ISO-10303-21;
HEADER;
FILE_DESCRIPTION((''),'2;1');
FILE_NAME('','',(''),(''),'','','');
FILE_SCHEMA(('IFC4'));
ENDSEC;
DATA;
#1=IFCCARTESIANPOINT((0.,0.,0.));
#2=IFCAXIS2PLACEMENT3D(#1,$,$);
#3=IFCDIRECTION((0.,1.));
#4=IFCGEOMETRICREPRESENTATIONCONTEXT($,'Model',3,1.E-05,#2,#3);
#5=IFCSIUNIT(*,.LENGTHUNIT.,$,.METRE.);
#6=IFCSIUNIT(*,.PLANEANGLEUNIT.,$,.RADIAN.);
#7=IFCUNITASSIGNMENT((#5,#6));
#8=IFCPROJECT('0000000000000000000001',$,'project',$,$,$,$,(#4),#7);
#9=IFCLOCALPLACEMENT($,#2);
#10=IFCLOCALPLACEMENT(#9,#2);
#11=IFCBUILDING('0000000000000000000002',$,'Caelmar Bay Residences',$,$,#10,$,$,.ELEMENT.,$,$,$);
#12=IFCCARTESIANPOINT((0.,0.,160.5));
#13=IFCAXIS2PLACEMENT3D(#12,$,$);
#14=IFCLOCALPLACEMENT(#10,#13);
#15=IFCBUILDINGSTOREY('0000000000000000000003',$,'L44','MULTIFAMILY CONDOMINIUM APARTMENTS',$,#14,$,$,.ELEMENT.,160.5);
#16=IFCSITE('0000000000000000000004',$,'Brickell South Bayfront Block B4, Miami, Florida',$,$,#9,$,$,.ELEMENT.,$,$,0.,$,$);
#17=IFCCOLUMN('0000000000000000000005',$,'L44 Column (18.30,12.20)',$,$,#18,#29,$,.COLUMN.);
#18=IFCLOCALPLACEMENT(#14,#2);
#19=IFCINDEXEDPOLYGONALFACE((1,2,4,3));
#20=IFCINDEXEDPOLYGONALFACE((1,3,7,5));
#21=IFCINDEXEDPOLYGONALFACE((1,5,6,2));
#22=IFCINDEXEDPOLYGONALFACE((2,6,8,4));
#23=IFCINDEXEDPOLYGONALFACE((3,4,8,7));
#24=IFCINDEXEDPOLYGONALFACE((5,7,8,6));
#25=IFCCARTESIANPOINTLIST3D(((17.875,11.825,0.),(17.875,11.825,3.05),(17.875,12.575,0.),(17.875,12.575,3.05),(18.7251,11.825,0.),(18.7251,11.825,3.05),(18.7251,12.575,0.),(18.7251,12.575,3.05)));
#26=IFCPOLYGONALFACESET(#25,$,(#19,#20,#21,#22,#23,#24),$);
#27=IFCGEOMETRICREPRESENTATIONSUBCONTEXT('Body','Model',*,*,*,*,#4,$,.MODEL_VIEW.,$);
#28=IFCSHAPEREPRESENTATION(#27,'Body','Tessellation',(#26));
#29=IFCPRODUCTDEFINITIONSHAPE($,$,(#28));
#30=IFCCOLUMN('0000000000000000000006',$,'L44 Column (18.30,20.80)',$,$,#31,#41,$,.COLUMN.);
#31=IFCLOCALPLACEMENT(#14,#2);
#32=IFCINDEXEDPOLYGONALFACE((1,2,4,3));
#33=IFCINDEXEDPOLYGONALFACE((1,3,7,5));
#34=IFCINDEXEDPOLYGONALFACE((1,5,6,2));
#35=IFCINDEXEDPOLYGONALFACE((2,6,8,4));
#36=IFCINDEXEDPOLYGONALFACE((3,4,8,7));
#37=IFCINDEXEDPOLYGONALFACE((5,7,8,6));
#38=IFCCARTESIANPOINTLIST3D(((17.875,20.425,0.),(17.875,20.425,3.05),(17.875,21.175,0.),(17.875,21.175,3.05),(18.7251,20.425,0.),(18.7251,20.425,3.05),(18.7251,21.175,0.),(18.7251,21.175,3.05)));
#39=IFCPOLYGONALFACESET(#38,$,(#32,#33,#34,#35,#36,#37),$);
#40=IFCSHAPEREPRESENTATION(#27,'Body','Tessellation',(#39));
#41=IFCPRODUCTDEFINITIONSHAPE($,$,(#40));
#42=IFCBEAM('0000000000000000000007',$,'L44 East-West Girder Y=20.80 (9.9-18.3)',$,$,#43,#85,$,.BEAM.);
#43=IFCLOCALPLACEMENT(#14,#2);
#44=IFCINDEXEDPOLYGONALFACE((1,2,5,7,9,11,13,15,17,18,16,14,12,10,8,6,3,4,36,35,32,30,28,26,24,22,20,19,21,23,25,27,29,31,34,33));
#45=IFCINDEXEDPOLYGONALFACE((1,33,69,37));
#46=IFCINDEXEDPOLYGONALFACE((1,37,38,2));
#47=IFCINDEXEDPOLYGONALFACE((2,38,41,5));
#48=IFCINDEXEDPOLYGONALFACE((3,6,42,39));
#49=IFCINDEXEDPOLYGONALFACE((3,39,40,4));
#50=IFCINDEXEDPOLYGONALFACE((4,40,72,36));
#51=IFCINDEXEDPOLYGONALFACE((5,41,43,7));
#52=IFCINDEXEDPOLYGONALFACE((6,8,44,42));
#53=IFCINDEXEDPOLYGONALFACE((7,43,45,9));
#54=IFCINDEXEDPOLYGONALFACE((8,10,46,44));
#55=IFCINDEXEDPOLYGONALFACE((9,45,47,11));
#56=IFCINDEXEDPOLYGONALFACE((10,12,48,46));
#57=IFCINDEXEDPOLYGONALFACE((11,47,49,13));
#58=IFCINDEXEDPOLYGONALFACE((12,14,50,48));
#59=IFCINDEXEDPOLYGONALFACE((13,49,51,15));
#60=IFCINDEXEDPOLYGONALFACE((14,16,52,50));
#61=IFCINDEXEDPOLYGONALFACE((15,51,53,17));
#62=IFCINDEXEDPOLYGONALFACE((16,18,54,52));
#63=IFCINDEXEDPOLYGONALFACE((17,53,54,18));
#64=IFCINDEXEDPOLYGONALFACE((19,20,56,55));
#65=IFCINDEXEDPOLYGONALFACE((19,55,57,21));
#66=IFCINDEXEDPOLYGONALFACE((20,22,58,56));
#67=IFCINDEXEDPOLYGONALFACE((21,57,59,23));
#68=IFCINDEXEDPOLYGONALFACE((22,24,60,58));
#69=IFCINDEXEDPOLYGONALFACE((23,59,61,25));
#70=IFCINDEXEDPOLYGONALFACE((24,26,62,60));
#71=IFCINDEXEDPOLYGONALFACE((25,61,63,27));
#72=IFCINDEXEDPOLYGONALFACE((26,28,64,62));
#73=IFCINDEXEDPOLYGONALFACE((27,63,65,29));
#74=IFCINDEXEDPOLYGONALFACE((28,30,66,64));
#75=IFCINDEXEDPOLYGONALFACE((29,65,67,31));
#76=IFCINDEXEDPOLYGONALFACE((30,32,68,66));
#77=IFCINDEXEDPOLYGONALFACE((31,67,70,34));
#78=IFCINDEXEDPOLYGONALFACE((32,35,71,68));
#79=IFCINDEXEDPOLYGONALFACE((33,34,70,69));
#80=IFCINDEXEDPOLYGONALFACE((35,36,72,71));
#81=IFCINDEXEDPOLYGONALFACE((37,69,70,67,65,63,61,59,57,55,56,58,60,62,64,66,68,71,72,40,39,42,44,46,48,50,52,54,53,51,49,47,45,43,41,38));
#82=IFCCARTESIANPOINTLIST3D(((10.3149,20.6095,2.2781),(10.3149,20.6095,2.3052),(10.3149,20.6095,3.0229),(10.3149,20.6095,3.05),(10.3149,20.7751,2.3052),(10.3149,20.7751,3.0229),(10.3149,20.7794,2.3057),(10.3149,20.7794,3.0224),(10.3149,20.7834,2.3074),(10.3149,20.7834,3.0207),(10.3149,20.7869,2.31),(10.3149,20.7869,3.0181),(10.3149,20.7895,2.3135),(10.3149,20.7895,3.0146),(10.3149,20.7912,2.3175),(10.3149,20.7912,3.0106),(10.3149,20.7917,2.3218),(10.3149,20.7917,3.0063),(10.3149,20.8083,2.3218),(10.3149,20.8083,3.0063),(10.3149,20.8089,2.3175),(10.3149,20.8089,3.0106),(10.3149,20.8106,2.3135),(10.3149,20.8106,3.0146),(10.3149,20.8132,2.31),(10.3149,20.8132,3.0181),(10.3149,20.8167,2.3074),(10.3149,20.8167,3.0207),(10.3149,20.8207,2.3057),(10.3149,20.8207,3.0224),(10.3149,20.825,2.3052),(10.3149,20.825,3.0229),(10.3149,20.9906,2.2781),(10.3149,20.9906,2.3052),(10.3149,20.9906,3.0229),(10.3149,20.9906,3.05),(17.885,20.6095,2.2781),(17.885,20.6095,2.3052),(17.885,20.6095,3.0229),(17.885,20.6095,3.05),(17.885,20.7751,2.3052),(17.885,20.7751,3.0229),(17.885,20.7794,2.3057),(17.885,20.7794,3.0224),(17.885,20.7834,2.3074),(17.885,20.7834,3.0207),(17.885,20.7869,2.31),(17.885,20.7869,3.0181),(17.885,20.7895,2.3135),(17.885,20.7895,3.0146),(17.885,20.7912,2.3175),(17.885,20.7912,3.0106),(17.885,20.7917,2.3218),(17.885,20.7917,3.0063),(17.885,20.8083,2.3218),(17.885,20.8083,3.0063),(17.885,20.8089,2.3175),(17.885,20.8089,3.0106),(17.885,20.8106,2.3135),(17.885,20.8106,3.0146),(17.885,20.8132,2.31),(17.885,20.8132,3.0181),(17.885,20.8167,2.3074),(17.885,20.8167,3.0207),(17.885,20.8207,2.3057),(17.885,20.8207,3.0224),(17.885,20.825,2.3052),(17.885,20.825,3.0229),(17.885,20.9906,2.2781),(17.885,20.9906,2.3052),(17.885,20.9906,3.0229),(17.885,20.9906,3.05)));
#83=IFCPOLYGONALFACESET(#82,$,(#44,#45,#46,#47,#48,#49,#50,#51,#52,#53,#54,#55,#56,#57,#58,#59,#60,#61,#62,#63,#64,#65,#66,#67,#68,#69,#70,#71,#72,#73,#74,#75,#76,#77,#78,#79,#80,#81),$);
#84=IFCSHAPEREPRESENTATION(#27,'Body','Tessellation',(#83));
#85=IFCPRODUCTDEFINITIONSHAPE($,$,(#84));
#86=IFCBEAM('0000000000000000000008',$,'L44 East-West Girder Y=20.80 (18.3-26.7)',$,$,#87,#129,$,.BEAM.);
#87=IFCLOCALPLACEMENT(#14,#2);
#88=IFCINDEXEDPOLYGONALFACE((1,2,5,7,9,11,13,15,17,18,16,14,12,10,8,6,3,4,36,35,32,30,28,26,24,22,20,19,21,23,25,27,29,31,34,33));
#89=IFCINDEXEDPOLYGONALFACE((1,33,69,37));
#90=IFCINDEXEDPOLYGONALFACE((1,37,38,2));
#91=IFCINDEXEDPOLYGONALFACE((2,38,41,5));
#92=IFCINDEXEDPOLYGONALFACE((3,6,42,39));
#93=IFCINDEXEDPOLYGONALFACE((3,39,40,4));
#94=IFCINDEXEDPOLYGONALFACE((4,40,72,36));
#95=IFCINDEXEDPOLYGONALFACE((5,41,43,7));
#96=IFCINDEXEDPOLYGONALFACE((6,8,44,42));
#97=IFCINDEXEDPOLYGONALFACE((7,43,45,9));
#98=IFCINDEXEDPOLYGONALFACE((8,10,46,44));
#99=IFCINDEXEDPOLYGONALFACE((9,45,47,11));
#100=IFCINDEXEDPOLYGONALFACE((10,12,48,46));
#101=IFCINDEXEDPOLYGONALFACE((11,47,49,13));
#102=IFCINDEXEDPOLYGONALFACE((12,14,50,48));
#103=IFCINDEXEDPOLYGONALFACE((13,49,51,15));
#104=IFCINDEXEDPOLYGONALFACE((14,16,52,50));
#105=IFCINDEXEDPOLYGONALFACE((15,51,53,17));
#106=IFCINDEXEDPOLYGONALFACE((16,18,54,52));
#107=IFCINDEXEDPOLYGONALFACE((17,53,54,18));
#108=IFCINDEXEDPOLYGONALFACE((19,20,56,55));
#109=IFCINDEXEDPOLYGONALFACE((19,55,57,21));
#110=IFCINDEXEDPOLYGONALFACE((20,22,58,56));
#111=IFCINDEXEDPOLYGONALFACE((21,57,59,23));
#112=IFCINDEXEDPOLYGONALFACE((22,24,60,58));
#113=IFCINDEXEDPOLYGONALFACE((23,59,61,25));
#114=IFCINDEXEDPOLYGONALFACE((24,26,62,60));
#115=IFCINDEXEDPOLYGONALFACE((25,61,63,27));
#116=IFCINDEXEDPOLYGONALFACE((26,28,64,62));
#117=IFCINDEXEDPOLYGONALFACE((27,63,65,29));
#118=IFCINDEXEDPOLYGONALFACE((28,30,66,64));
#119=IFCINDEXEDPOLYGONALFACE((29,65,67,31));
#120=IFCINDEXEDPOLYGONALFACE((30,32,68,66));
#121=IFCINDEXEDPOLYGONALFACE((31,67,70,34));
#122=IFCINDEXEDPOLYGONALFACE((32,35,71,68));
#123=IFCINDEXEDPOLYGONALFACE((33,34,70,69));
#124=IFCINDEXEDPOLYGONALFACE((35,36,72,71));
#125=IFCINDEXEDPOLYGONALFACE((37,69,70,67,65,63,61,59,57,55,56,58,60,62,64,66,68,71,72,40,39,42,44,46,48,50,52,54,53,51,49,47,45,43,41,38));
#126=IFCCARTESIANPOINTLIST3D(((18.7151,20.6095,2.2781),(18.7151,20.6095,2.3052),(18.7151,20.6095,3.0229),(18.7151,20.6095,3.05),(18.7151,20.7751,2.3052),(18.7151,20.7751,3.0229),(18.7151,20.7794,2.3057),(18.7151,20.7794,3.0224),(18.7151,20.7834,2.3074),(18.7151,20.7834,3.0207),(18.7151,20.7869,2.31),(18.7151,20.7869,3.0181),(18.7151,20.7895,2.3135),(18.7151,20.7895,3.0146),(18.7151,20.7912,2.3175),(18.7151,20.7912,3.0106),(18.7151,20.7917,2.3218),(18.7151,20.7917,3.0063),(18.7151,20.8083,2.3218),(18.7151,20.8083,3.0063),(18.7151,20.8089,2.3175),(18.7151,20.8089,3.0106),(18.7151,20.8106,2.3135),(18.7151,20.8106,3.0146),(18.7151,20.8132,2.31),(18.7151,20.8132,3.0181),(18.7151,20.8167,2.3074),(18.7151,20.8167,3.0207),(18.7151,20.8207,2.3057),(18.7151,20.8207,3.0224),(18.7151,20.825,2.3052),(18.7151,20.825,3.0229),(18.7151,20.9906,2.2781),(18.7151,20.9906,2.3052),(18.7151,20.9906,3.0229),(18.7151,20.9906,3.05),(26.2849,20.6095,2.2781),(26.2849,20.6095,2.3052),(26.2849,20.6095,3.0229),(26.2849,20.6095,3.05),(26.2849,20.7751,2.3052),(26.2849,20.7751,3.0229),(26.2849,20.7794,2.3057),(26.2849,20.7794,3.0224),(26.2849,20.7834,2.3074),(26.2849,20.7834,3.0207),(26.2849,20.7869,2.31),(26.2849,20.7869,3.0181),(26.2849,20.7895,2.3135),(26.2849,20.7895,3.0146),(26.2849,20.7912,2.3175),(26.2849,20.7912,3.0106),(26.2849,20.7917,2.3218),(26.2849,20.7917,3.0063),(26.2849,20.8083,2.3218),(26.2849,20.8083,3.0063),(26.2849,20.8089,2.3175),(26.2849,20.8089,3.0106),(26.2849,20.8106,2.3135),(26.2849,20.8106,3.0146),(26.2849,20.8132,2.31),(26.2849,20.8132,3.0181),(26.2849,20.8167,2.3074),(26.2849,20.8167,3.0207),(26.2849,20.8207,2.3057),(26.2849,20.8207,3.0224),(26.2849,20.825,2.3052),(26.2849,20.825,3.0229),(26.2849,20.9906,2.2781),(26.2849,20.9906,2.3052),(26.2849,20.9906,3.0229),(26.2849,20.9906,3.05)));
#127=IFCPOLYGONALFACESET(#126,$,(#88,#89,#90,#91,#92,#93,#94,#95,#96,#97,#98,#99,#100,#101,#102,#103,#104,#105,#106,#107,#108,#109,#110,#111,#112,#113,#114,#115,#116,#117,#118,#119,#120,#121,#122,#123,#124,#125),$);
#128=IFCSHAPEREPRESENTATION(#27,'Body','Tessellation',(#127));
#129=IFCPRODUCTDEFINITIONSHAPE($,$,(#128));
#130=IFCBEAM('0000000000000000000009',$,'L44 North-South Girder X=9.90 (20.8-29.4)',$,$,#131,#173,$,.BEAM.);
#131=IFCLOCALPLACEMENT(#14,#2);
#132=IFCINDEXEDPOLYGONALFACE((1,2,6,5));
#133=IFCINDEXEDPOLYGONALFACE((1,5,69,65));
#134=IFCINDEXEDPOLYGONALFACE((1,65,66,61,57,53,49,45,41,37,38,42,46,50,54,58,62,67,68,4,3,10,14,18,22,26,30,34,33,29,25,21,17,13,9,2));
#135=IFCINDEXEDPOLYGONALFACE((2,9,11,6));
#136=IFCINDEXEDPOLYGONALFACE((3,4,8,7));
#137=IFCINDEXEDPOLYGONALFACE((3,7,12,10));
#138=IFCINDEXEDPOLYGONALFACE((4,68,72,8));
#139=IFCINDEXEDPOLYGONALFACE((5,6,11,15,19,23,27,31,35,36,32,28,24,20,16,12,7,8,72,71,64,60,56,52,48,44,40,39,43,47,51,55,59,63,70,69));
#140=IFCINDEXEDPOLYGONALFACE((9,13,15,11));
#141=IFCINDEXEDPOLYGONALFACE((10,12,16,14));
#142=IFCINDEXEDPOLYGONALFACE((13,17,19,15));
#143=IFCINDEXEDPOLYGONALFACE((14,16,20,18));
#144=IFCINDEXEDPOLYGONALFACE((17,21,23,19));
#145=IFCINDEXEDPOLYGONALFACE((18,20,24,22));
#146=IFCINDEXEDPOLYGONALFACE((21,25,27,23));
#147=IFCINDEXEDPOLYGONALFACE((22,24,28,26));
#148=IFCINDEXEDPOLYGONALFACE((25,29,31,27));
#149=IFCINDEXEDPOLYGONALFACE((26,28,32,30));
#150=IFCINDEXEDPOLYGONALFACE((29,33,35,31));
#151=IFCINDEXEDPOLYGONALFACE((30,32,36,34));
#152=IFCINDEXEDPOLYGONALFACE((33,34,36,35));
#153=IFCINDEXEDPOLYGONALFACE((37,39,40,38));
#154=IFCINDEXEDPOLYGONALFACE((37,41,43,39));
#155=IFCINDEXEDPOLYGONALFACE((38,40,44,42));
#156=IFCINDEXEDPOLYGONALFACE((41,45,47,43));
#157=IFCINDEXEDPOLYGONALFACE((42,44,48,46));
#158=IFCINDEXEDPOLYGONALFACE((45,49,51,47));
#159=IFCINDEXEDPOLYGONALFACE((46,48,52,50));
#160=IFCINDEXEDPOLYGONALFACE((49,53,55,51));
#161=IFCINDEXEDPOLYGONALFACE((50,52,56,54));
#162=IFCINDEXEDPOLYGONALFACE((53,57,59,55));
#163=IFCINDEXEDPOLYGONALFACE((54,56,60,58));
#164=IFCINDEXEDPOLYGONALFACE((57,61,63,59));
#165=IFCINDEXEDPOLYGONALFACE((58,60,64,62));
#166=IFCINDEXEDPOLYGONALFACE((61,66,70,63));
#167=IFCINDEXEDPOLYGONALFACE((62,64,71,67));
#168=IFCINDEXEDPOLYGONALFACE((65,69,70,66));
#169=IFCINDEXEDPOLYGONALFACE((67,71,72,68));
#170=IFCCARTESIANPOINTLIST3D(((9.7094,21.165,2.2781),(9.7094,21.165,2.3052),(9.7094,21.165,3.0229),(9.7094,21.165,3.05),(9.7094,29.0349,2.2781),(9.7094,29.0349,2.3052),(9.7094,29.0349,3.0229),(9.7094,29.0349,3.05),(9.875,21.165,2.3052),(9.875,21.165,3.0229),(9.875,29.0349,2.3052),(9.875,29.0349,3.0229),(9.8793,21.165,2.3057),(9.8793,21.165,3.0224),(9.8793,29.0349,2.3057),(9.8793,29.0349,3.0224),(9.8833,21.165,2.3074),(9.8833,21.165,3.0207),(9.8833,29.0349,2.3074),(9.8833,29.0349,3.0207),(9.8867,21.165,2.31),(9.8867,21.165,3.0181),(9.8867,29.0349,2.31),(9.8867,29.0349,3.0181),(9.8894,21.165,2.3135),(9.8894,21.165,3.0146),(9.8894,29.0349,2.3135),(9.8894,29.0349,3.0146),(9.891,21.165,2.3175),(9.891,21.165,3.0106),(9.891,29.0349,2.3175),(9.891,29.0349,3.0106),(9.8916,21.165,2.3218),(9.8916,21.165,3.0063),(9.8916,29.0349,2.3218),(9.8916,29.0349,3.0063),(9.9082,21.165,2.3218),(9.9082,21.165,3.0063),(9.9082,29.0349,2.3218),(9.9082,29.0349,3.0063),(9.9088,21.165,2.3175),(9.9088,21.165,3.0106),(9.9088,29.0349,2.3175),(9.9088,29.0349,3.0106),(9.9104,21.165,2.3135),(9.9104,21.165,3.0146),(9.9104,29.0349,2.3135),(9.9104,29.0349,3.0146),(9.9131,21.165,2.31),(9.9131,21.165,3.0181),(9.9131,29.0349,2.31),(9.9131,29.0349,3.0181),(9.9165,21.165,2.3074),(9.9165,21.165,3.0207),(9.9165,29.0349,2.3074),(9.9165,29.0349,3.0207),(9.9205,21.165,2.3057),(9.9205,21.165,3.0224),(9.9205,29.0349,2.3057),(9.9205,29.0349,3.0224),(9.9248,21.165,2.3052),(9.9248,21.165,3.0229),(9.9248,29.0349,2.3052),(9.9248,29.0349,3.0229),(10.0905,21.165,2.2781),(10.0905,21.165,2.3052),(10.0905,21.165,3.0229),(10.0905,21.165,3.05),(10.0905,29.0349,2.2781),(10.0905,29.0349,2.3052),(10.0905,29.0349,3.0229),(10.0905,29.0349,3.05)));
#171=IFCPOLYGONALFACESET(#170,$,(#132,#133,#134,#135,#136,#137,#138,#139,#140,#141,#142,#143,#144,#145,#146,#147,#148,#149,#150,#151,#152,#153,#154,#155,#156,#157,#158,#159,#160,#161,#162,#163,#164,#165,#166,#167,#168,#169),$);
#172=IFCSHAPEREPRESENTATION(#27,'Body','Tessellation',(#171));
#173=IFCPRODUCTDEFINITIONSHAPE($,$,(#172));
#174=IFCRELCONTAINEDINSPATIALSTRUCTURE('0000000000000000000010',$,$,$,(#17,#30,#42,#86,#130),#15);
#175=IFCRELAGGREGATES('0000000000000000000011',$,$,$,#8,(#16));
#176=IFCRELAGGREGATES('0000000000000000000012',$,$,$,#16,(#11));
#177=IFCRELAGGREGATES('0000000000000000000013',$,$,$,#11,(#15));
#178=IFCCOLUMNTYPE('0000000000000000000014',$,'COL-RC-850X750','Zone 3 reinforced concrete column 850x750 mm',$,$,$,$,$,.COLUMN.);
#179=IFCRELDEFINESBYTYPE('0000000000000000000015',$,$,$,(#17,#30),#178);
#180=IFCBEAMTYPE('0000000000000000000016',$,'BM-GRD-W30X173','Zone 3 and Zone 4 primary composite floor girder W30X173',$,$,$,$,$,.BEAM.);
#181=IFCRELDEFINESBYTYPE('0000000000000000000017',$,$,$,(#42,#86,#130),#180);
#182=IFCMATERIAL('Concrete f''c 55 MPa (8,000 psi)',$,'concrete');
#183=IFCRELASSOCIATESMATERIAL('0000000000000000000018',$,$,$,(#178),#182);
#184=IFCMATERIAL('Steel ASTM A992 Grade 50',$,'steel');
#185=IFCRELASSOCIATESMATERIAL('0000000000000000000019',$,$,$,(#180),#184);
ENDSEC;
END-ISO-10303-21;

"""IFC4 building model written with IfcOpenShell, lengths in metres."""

from ifc_helpers import new_model, si_unit, direction, frame, origin, origin_2d, place, context, subcontext, project, spatial, rectangle, i_section, extrude, material, material_profile, profile_set, type_object, element, save


model = new_model("IFC4")

# Units and contexts
model_context = context("Model", 3, precision=1e-05, world=origin(), true_north=direction((0.0, 1.0)))
body_context = subcontext(model_context, "Body", "Model", "MODEL_VIEW")
ifc_project = project(units=[si_unit("LENGTHUNIT", "METRE"), si_unit("PLANEANGLEUNIT", "RADIAN")], contexts=[model_context])

# Site, building, storey
site_placement = place(None, origin())
site = spatial("IfcSite", under=ifc_project, at=site_placement, Name="Brickell South Bayfront Block B4, Miami, Florida", CompositionType="ELEMENT", RefElevation=0.0)
building_placement = place(site_placement, origin())
building = spatial("IfcBuilding", under=site, at=building_placement, Name="Caelmar Bay Residences", CompositionType="ELEMENT")
storey_placement = place(building_placement, frame((0.0, 0.0, 160.5)))
storey = spatial("IfcBuildingStorey", under=building, at=storey_placement, Name="L44", Description="MULTIFAMILY CONDOMINIUM APARTMENTS", CompositionType="ELEMENT", Elevation=160.5)

# Columns
ifc_material_1 = material(Name="Concrete f'c 55 MPa (8,000 psi)", Category="concrete")
ifc_material_profile_1 = material_profile(ifc_material_1, rectangle(XDim=0.8501, YDim=0.75, at=origin_2d()), Name="RC-COL-850X750")
ifc_profile_set_1 = profile_set([ifc_material_profile_1], Name="Concrete f'c 55 MPa (8,000 psi)")
column_type = type_object("IfcColumnType", Name="COL-RC-850X750", Description="Zone 3 reinforced concrete column 850x750 mm", PredefinedType="COLUMN", material=ifc_profile_set_1)
for number, where, z_axis, x_axis, name in (
    (1, (18.3, 12.2, 0.0), (0.0, 0.0, 1.0), (1.0, 0.0, 0.0), "L44 Column (18.30,12.20)"),
    (2, (18.3, 20.8, 0.0), (0.0, 0.0, 1.0), (1.0, 0.0, 0.0), "L44 Column (18.30,20.80)"),
):
    element("IfcColumn", number, at=place(storey_placement, frame(where, z_axis=z_axis, x_axis=x_axis)), inside=storey, type_object=column_type, Name=name, PredefinedType="COLUMN", context=body_context, shape_type="SweptSolid", body=[
        extrude(rectangle(XDim=0.8501, YDim=0.75, at=origin_2d()), origin(), (0.0, 0.0, 1.0), 3.05),
    ])

# Beams
ifc_material_2 = material(Name="Steel ASTM A992 Grade 50", Category="steel")
ifc_material_profile_2 = material_profile(ifc_material_2, i_section(OverallWidth=0.3811, OverallDepth=0.772, WebThickness=0.0166, FlangeThickness=0.0271, FilletRadius=0.0166, at=origin_2d()), Name="W30X173")
ifc_profile_set_2 = profile_set([ifc_material_profile_2], Name="Steel ASTM A992 Grade 50")
beam_type_1 = type_object("IfcBeamType", Name="BM-GRD-W30X173", Description="Zone 3 and Zone 4 primary composite floor girder W30X173", PredefinedType="BEAM", material=ifc_profile_set_2)
beam_1_placement = place(storey_placement, frame((10.3149, 20.8, 2.6641), z_axis=(1.0, 0.0, 0.0), x_axis=(0.0, 1.0, 0.0)))
element("IfcBeam", 3, at=beam_1_placement, inside=storey, type_object=beam_type_1, Name="L44 East-West Girder Y=20.80 (9.9-18.3)", PredefinedType="BEAM", context=body_context, shape_type="SweptSolid", body=[
    extrude(i_section(OverallWidth=0.3811, OverallDepth=0.772, WebThickness=0.0166, FlangeThickness=0.0271, FilletRadius=0.0166, at=origin_2d()), origin(), (0.0, 0.0, 1.0), 7.5701),
])
beam_2_placement = place(storey_placement, frame((18.7151, 20.8, 2.6641), z_axis=(1.0, 0.0, 0.0), x_axis=(0.0, 1.0, 0.0)))
element("IfcBeam", 4, at=beam_2_placement, inside=storey, type_object=beam_type_1, Name="L44 East-West Girder Y=20.80 (18.3-26.7)", PredefinedType="BEAM", context=body_context, shape_type="SweptSolid", body=[
    extrude(i_section(OverallWidth=0.3811, OverallDepth=0.772, WebThickness=0.0166, FlangeThickness=0.0271, FilletRadius=0.0166, at=origin_2d()), origin(), (0.0, 0.0, 1.0), 7.5698),
])
beam_3_placement = place(storey_placement, frame((9.8999, 21.165, 2.6641), z_axis=(0.0, 1.0, 0.0), x_axis=(-1.0, 0.0, 0.0)))
element("IfcBeam", 5, at=beam_3_placement, inside=storey, type_object=beam_type_1, Name="L44 North-South Girder X=9.90 (20.8-29.4)", PredefinedType="BEAM", context=body_context, shape_type="SweptSolid", body=[
    extrude(i_section(OverallWidth=0.3811, OverallDepth=0.772, WebThickness=0.0166, FlangeThickness=0.0271, FilletRadius=0.0166, at=origin_2d()), origin(), (0.0, 0.0, 1.0), 7.8699),
])

save(model, "model.ifc")
